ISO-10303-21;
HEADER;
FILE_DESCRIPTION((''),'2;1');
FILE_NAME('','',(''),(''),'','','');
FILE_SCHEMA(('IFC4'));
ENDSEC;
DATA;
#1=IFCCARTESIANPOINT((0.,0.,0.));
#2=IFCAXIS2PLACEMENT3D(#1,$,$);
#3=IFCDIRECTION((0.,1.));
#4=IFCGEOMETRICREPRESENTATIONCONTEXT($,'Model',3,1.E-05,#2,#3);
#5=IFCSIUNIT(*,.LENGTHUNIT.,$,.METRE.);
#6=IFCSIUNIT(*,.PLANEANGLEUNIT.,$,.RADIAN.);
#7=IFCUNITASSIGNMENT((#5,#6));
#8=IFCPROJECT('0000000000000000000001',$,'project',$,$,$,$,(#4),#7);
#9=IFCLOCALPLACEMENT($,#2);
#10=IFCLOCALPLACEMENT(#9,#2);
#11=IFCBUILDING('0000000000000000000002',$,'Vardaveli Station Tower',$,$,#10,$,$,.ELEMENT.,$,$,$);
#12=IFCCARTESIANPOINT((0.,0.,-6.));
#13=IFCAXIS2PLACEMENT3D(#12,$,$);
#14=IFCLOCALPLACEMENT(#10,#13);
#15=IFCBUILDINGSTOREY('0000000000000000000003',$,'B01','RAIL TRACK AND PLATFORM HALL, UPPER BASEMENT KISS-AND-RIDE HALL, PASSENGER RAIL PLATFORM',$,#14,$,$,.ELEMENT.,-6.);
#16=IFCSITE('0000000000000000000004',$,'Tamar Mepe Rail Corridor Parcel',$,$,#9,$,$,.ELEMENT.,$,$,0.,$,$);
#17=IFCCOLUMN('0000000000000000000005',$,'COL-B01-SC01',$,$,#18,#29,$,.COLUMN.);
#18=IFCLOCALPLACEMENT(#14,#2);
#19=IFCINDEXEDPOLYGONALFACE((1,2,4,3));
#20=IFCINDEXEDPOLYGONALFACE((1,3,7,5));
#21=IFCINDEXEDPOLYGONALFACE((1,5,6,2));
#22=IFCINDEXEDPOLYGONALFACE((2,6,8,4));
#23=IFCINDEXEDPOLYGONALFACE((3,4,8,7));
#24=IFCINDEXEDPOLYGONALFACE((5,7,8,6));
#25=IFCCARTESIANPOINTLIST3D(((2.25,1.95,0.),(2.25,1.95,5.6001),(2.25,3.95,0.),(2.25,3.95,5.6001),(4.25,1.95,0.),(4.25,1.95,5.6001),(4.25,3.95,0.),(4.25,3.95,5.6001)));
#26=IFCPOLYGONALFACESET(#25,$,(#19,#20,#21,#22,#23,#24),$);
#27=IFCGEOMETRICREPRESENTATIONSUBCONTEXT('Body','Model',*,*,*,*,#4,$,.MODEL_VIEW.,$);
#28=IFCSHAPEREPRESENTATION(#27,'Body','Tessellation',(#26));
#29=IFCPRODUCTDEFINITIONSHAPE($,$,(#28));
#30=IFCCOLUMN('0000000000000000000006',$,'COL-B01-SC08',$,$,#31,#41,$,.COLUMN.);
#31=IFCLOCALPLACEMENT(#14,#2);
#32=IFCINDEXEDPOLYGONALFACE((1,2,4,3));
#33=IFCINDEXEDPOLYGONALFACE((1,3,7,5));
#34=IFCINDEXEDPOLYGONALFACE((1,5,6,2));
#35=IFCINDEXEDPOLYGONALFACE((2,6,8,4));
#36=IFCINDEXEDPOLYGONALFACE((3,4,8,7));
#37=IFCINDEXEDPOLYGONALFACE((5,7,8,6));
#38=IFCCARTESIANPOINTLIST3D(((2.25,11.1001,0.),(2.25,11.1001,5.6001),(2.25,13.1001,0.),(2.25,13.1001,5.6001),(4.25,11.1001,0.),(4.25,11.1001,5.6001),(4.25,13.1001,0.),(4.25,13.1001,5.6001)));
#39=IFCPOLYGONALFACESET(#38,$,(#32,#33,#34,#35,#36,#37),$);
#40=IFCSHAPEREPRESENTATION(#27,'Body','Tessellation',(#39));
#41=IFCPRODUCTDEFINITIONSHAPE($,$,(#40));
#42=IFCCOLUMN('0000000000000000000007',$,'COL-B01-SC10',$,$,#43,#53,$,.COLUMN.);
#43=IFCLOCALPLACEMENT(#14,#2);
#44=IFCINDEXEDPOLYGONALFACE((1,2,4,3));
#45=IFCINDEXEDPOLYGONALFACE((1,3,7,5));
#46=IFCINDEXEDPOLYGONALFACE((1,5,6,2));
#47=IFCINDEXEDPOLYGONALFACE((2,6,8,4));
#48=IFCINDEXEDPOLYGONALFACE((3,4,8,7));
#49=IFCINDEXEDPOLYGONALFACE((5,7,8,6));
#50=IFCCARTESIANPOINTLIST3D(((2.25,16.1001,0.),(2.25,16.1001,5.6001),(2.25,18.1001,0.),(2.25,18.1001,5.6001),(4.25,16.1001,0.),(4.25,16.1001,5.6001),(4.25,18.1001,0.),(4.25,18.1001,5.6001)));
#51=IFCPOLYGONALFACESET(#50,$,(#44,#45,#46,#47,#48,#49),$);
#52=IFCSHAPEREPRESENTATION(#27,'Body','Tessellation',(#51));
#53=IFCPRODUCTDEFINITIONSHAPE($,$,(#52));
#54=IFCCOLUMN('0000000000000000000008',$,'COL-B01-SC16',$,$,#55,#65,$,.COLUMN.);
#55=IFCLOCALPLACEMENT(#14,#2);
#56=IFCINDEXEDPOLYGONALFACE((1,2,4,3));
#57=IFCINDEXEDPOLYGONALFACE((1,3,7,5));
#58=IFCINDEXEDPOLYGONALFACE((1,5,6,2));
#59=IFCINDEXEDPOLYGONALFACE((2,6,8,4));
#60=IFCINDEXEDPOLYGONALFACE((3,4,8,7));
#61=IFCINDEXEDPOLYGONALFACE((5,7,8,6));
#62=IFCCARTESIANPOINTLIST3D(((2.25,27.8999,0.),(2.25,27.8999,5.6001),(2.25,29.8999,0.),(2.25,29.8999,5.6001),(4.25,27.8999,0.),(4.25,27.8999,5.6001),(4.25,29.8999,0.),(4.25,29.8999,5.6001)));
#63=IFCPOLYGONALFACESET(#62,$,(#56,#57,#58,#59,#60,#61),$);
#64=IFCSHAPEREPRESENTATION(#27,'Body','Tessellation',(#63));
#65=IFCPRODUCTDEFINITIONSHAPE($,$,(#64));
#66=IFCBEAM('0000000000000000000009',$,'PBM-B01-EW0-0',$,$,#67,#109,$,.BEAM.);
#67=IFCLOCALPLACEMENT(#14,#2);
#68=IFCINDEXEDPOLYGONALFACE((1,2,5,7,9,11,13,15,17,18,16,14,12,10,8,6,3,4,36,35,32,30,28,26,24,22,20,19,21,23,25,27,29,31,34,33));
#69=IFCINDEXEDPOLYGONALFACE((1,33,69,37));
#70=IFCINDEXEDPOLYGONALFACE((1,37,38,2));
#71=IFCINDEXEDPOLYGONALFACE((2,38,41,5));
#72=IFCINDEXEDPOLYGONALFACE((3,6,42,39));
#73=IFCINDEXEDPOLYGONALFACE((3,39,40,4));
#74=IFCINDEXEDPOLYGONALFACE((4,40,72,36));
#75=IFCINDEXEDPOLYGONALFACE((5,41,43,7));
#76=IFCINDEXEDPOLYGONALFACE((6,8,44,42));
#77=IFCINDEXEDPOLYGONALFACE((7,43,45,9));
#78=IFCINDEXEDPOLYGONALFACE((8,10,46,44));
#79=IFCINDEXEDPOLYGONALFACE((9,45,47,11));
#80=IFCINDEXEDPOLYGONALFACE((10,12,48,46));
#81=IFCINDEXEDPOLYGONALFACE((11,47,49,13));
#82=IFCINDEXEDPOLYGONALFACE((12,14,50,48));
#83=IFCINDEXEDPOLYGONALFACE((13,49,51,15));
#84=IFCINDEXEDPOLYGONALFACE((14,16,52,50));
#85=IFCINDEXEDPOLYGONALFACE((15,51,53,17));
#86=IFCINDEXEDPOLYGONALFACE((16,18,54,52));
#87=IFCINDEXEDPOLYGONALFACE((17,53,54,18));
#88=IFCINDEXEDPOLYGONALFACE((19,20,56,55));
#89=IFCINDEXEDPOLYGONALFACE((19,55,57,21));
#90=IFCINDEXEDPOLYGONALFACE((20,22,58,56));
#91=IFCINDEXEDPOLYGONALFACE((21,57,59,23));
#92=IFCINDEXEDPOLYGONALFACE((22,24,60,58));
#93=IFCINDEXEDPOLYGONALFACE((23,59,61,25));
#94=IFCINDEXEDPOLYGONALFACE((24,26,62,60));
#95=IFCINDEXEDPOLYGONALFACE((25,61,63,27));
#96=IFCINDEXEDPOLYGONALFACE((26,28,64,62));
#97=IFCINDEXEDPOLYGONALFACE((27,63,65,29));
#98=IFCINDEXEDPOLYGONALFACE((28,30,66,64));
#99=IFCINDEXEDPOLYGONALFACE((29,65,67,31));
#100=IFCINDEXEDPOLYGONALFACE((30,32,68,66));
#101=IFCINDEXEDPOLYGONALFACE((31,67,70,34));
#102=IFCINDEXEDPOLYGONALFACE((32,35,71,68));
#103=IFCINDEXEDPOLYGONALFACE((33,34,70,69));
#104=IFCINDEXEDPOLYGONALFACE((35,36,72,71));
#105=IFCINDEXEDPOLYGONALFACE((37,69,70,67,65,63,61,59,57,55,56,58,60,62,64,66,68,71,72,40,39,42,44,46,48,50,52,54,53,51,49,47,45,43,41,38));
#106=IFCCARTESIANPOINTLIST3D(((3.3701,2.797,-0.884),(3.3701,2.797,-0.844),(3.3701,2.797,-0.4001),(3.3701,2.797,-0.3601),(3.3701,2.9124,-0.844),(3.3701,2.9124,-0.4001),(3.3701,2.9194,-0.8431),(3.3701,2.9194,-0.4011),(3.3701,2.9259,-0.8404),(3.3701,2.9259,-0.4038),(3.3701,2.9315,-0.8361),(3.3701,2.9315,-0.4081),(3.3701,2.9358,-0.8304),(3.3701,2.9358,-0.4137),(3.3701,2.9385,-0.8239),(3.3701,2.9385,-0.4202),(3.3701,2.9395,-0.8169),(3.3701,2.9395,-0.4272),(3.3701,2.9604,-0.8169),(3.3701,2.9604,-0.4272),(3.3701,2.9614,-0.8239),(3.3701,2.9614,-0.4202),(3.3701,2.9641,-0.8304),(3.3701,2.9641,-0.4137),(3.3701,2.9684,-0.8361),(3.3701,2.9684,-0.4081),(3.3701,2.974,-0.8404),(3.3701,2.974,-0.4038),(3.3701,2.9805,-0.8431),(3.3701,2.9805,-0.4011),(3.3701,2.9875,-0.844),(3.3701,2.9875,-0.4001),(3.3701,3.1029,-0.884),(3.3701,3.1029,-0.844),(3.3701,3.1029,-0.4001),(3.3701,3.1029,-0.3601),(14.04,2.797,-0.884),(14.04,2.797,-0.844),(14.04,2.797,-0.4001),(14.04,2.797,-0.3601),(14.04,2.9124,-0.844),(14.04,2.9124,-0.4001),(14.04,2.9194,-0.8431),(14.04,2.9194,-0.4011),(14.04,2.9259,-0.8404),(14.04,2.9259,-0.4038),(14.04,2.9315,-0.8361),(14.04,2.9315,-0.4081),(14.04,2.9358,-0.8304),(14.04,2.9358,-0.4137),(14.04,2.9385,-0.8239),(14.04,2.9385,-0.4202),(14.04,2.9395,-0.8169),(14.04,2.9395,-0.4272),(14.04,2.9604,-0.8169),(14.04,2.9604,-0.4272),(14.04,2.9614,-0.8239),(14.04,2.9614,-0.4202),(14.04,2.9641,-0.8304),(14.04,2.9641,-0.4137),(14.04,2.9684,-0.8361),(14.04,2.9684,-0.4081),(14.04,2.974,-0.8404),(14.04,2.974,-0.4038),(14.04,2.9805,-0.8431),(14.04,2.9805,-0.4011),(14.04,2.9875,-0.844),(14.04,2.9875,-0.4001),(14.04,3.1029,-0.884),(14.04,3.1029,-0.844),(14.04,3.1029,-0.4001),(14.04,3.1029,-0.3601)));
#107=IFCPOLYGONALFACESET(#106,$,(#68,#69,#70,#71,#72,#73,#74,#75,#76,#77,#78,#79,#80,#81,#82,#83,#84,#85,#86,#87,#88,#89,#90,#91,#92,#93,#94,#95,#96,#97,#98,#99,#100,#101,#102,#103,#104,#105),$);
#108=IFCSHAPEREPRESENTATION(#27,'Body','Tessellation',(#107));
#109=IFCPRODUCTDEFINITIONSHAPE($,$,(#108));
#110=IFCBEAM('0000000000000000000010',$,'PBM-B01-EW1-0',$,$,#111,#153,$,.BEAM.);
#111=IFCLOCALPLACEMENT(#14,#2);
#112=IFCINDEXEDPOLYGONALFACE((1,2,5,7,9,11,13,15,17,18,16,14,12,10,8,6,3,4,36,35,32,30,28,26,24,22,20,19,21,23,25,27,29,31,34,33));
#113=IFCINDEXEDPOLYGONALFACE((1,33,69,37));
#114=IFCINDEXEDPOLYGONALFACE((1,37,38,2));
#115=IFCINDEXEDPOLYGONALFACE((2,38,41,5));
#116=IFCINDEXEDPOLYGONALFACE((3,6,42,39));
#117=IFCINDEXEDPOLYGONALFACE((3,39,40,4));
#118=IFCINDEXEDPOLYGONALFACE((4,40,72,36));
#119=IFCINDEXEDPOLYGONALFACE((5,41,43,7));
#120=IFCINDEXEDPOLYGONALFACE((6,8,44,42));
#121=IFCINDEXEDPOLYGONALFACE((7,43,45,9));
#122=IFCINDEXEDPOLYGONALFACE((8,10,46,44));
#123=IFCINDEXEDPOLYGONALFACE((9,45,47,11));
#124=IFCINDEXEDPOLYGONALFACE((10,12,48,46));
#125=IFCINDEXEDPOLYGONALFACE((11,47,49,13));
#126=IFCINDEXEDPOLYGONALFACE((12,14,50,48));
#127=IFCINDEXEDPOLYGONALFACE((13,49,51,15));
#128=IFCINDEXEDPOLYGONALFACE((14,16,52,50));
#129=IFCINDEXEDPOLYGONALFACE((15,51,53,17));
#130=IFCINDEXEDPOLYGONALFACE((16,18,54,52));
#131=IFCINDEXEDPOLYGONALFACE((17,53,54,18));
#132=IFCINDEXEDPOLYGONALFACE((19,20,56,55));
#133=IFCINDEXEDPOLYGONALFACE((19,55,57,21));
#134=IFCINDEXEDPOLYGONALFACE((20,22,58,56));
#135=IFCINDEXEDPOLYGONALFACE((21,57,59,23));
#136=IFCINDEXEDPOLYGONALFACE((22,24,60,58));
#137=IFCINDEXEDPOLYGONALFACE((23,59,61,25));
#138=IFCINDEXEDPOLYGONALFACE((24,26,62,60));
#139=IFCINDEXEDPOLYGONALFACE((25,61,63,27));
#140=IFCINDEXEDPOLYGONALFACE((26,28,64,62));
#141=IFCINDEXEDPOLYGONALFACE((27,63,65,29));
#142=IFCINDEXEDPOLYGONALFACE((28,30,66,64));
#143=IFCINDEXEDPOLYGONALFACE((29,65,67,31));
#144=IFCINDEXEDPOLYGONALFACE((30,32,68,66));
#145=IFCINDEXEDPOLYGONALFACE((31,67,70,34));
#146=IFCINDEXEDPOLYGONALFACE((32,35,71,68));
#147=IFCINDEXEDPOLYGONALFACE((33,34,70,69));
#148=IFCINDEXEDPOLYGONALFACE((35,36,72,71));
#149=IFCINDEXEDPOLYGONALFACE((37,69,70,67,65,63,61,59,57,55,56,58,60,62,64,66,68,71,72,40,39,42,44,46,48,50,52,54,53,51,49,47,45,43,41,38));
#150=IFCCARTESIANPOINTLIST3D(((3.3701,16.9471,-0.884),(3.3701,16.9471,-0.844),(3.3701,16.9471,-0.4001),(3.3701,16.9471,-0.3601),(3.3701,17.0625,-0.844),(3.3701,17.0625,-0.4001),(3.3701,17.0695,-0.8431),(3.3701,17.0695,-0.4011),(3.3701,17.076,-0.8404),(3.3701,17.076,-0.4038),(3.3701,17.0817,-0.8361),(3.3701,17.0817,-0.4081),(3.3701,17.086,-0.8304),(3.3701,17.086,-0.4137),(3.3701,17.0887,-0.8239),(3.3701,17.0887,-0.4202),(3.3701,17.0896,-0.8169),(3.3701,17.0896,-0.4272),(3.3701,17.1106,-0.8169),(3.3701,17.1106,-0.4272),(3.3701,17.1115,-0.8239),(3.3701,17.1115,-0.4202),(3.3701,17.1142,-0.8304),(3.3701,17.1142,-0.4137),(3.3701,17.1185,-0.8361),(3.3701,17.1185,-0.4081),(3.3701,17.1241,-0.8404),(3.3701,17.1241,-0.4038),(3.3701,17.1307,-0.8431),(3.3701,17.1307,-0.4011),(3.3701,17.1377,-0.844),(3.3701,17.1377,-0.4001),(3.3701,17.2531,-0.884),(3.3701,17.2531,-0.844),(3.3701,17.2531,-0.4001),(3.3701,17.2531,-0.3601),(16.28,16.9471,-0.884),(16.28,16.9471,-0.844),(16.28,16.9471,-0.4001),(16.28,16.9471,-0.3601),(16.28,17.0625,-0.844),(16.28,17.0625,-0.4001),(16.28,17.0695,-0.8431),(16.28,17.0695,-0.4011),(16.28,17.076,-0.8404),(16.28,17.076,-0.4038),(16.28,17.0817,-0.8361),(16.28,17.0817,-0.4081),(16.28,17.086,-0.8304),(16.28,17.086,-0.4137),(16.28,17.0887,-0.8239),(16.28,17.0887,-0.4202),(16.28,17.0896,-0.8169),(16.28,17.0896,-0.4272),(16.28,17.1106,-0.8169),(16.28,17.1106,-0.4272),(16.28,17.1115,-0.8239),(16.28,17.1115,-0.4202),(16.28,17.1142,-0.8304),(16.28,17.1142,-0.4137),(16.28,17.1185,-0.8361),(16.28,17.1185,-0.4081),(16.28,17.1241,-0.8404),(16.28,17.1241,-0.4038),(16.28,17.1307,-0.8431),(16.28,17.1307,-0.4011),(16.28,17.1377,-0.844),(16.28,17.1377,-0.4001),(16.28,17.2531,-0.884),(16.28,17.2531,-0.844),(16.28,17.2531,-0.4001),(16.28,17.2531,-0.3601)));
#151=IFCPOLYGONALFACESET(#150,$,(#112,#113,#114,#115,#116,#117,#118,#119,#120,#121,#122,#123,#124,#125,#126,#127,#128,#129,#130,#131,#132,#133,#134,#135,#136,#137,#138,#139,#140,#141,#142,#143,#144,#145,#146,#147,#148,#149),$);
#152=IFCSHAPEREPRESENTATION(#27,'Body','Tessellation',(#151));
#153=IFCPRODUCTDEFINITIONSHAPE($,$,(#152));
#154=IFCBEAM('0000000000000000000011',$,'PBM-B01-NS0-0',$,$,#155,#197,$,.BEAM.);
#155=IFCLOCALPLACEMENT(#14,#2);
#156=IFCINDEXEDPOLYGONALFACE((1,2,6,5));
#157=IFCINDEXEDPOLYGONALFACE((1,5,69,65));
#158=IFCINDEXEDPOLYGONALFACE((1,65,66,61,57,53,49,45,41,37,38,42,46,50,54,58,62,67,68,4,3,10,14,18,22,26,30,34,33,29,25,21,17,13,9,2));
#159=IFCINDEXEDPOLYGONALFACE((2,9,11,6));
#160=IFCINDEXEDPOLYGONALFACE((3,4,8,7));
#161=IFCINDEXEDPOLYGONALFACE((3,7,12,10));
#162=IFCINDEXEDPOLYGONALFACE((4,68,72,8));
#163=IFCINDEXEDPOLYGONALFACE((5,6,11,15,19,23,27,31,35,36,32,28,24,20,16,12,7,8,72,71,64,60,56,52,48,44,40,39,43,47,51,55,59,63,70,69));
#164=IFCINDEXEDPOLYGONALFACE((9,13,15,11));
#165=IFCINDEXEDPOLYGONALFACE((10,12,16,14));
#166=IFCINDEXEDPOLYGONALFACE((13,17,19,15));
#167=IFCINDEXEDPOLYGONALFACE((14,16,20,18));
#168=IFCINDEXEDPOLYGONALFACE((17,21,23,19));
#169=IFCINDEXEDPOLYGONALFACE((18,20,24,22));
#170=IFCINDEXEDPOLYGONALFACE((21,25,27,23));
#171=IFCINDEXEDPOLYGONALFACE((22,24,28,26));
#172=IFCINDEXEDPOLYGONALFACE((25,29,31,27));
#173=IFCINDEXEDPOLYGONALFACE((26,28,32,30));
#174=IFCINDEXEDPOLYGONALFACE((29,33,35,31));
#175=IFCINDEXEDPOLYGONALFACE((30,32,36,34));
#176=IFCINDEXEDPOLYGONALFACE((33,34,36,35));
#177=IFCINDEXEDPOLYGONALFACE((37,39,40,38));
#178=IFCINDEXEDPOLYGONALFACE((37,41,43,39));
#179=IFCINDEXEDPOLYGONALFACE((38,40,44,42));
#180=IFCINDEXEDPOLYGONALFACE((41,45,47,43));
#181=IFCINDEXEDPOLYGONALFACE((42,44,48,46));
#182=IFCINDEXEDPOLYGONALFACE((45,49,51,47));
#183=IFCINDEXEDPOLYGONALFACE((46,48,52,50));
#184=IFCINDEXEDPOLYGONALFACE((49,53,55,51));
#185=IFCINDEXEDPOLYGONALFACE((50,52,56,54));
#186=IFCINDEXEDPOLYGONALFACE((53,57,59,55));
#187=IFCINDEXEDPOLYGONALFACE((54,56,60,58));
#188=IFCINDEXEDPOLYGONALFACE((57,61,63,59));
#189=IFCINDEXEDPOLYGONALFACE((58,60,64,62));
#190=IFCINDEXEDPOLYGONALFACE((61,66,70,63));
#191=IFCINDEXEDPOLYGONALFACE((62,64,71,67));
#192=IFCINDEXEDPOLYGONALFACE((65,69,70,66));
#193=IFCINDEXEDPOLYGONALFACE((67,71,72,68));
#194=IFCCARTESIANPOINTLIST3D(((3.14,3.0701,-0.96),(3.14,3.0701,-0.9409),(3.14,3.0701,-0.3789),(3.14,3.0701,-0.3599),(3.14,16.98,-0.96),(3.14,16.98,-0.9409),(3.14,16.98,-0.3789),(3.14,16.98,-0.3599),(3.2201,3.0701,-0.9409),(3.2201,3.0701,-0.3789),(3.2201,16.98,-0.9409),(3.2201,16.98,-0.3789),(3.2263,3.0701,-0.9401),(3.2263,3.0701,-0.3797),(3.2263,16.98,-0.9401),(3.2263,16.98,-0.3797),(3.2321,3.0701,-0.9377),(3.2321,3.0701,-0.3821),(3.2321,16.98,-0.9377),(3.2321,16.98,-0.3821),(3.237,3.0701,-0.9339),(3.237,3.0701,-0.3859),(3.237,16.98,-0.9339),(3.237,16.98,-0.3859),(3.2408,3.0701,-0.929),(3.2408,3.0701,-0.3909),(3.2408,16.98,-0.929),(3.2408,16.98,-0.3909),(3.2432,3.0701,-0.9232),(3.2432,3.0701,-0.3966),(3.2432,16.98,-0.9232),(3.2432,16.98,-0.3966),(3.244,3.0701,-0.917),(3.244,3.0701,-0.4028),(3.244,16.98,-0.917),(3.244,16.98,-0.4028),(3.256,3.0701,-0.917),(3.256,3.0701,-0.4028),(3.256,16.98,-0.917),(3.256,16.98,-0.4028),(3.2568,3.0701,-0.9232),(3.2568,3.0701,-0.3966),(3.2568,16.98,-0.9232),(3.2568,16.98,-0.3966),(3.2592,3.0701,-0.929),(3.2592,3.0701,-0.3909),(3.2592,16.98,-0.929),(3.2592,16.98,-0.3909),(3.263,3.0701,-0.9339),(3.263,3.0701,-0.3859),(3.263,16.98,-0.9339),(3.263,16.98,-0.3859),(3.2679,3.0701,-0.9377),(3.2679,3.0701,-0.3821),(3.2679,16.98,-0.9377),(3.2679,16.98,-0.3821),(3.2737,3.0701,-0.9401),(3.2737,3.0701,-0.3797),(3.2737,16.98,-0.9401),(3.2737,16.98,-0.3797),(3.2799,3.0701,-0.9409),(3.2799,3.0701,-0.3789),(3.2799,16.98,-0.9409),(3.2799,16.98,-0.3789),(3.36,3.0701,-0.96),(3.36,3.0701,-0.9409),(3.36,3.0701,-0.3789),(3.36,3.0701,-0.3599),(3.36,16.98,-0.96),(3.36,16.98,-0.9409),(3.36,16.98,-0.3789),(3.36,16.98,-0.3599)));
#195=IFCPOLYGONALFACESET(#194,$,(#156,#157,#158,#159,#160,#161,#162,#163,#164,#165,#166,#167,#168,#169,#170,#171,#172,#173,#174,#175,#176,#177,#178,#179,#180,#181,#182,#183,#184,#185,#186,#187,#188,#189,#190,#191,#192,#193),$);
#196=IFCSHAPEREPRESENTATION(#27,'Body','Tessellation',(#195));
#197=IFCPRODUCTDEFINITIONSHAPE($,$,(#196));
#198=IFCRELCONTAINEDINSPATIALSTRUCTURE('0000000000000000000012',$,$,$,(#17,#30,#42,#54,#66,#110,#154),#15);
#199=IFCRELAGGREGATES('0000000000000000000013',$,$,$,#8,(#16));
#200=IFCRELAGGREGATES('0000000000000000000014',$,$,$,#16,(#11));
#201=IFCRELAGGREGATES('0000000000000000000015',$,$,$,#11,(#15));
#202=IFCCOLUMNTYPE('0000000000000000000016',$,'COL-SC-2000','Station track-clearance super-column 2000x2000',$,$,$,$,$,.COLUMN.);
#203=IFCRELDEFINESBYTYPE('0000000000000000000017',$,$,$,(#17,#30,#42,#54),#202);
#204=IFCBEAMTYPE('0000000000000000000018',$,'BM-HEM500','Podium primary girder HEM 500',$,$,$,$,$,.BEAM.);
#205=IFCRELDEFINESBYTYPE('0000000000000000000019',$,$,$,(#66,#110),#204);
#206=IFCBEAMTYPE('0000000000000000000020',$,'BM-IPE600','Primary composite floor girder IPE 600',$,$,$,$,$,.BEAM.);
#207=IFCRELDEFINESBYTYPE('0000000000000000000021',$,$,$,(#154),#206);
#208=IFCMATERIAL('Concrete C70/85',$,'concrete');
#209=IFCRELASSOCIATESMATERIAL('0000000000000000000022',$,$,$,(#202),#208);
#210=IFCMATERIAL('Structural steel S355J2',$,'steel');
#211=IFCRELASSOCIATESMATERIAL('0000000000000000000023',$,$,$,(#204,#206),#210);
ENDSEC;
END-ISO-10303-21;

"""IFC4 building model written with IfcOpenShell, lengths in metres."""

from ifc_helpers import new_model, si_unit, direction, frame, origin, origin_2d, place, context, subcontext, project, spatial, rectangle, i_section, extrude, source, transform, mapped, material, material_profile, profile_set, type_object, element, save


model = new_model("IFC4")

# Units and contexts
model_context = context("Model", 3, precision=1e-05, world=origin(), true_north=direction((0.0, 1.0)))
body_context = subcontext(model_context, "Body", "Model", "MODEL_VIEW")
ifc_project = project(units=[si_unit("LENGTHUNIT", "METRE"), si_unit("PLANEANGLEUNIT", "RADIAN")], contexts=[model_context])

# Site, building, storey
site_placement = place(None, origin())
site = spatial("IfcSite", under=ifc_project, at=site_placement, Name="Tamar Mepe Rail Corridor Parcel", CompositionType="ELEMENT", RefElevation=0.0)
building_placement = place(site_placement, origin())
building = spatial("IfcBuilding", under=site, at=building_placement, Name="Vardaveli Station Tower", CompositionType="ELEMENT")
storey_placement = place(building_placement, frame((0.0, 0.0, -6.0)))
storey = spatial("IfcBuildingStorey", under=building, at=storey_placement, Name="B01", Description="RAIL TRACK AND PLATFORM HALL, UPPER BASEMENT KISS-AND-RIDE HALL, PASSENGER RAIL PLATFORM", CompositionType="ELEMENT", Elevation=-6.0)

# Columns
ifc_material_1 = material(Name="Concrete C70/85", Category="concrete")
ifc_material_profile_1 = material_profile(ifc_material_1, rectangle(XDim=2.0, YDim=2.0, at=origin_2d()), Name="SC 2000x2000")
ifc_profile_set_1 = profile_set([ifc_material_profile_1], Name="Concrete C70/85")
column_type = type_object("IfcColumnType", Name="COL-SC-2000", Description="Station track-clearance super-column 2000x2000", PredefinedType="COLUMN", material=ifc_profile_set_1)
shared_shape_1 = source(origin(), body_context, "Body", "SweptSolid", [
    extrude(rectangle(XDim=2.0, YDim=2.0, at=origin_2d()), origin(), (0.0, 0.0, 1.0), 5.6001),
])
for number, where, z_axis, x_axis, name in (
    (1, (3.25, 2.95, 0.0), (0.0, 0.0, 1.0), (1.0, 0.0, 0.0), "COL-B01-SC01"),
    (2, (3.25, 12.1001, 0.0), (0.0, 0.0, 1.0), (1.0, 0.0, 0.0), "COL-B01-SC08"),
    (3, (3.25, 17.1001, 0.0), (0.0, 0.0, 1.0), (1.0, 0.0, 0.0), "COL-B01-SC10"),
    (4, (3.25, 28.8999, 0.0), (0.0, 0.0, 1.0), (1.0, 0.0, 0.0), "COL-B01-SC16"),
):
    element("IfcColumn", number, at=place(storey_placement, frame(where, z_axis=z_axis, x_axis=x_axis)), inside=storey, type_object=column_type, Name=name, PredefinedType="COLUMN", context=body_context, shape_type="MappedRepresentation", body=[
        mapped(shared_shape_1, transform((0.0, 0.0, 0.0), scale=1.0)),
    ])

# Beams
ifc_material_2 = material(Name="Structural steel S355J2", Category="steel")
ifc_material_profile_2 = material_profile(ifc_material_2, i_section(OverallWidth=0.3059, OverallDepth=0.5239, WebThickness=0.021, FlangeThickness=0.04, FilletRadius=0.0271, at=origin_2d()), Name="HEM 500")
ifc_profile_set_2 = profile_set([ifc_material_profile_2], Name="Structural steel S355J2")
beam_type_1 = type_object("IfcBeamType", Name="BM-HEM500", Description="Podium primary girder HEM 500", PredefinedType="BEAM", material=ifc_profile_set_2)
shared_shape_2 = source(origin(), body_context, "Body", "SweptSolid", [
    extrude(i_section(OverallWidth=0.3059, OverallDepth=0.5239, WebThickness=0.021, FlangeThickness=0.04, FilletRadius=0.0271, at=origin_2d()), origin(), (0.0, 0.0, 1.0), 10.6699),
])
beam_1_placement = place(storey_placement, frame((3.3701, 2.95, -0.6221), z_axis=(1.0, 0.0, 0.0), x_axis=(0.0, 1.0, 0.0)))
element("IfcBeam", 5, at=beam_1_placement, inside=storey, type_object=beam_type_1, Name="PBM-B01-EW0-0", PredefinedType="BEAM", context=body_context, shape_type="MappedRepresentation", body=[
    mapped(shared_shape_2, transform((0.0, 0.0, 0.0), scale=1.0)),
])
shared_shape_3 = source(origin(), body_context, "Body", "SweptSolid", [
    extrude(i_section(OverallWidth=0.3059, OverallDepth=0.5239, WebThickness=0.021, FlangeThickness=0.04, FilletRadius=0.0271, at=origin_2d()), origin(), (0.0, 0.0, 1.0), 12.9099),
])
beam_2_placement = place(storey_placement, frame((3.3701, 17.1001, -0.6221), z_axis=(1.0, 0.0, 0.0), x_axis=(0.0, 1.0, 0.0)))
element("IfcBeam", 6, at=beam_2_placement, inside=storey, type_object=beam_type_1, Name="PBM-B01-EW1-0", PredefinedType="BEAM", context=body_context, shape_type="MappedRepresentation", body=[
    mapped(shared_shape_3, transform((0.0, 0.0, 0.0), scale=1.0)),
])
ifc_material_profile_3 = material_profile(ifc_material_2, i_section(OverallWidth=0.22, OverallDepth=0.6001, WebThickness=0.012, FlangeThickness=0.019, FilletRadius=0.0239, at=origin_2d()), Name="IPE 600")
ifc_profile_set_3 = profile_set([ifc_material_profile_3], Name="Structural steel S355J2")
beam_type_2 = type_object("IfcBeamType", Name="BM-IPE600", Description="Primary composite floor girder IPE 600", PredefinedType="BEAM", material=ifc_profile_set_3)
shared_shape_4 = source(origin(), body_context, "Body", "SweptSolid", [
    extrude(i_section(OverallWidth=0.22, OverallDepth=0.6001, WebThickness=0.012, FlangeThickness=0.019, FilletRadius=0.0239, at=origin_2d()), origin(), (0.0, 0.0, 1.0), 13.9099),
])
beam_3_placement = place(storey_placement, frame((3.25, 3.0701, -0.6599), z_axis=(0.0, 1.0, 0.0), x_axis=(-1.0, 0.0, 0.0)))
element("IfcBeam", 7, at=beam_3_placement, inside=storey, type_object=beam_type_2, Name="PBM-B01-NS0-0", PredefinedType="BEAM", context=body_context, shape_type="MappedRepresentation", body=[
    mapped(shared_shape_4, transform((0.0, 0.0, 0.0), scale=1.0)),
])

save(model, "model.ifc")
